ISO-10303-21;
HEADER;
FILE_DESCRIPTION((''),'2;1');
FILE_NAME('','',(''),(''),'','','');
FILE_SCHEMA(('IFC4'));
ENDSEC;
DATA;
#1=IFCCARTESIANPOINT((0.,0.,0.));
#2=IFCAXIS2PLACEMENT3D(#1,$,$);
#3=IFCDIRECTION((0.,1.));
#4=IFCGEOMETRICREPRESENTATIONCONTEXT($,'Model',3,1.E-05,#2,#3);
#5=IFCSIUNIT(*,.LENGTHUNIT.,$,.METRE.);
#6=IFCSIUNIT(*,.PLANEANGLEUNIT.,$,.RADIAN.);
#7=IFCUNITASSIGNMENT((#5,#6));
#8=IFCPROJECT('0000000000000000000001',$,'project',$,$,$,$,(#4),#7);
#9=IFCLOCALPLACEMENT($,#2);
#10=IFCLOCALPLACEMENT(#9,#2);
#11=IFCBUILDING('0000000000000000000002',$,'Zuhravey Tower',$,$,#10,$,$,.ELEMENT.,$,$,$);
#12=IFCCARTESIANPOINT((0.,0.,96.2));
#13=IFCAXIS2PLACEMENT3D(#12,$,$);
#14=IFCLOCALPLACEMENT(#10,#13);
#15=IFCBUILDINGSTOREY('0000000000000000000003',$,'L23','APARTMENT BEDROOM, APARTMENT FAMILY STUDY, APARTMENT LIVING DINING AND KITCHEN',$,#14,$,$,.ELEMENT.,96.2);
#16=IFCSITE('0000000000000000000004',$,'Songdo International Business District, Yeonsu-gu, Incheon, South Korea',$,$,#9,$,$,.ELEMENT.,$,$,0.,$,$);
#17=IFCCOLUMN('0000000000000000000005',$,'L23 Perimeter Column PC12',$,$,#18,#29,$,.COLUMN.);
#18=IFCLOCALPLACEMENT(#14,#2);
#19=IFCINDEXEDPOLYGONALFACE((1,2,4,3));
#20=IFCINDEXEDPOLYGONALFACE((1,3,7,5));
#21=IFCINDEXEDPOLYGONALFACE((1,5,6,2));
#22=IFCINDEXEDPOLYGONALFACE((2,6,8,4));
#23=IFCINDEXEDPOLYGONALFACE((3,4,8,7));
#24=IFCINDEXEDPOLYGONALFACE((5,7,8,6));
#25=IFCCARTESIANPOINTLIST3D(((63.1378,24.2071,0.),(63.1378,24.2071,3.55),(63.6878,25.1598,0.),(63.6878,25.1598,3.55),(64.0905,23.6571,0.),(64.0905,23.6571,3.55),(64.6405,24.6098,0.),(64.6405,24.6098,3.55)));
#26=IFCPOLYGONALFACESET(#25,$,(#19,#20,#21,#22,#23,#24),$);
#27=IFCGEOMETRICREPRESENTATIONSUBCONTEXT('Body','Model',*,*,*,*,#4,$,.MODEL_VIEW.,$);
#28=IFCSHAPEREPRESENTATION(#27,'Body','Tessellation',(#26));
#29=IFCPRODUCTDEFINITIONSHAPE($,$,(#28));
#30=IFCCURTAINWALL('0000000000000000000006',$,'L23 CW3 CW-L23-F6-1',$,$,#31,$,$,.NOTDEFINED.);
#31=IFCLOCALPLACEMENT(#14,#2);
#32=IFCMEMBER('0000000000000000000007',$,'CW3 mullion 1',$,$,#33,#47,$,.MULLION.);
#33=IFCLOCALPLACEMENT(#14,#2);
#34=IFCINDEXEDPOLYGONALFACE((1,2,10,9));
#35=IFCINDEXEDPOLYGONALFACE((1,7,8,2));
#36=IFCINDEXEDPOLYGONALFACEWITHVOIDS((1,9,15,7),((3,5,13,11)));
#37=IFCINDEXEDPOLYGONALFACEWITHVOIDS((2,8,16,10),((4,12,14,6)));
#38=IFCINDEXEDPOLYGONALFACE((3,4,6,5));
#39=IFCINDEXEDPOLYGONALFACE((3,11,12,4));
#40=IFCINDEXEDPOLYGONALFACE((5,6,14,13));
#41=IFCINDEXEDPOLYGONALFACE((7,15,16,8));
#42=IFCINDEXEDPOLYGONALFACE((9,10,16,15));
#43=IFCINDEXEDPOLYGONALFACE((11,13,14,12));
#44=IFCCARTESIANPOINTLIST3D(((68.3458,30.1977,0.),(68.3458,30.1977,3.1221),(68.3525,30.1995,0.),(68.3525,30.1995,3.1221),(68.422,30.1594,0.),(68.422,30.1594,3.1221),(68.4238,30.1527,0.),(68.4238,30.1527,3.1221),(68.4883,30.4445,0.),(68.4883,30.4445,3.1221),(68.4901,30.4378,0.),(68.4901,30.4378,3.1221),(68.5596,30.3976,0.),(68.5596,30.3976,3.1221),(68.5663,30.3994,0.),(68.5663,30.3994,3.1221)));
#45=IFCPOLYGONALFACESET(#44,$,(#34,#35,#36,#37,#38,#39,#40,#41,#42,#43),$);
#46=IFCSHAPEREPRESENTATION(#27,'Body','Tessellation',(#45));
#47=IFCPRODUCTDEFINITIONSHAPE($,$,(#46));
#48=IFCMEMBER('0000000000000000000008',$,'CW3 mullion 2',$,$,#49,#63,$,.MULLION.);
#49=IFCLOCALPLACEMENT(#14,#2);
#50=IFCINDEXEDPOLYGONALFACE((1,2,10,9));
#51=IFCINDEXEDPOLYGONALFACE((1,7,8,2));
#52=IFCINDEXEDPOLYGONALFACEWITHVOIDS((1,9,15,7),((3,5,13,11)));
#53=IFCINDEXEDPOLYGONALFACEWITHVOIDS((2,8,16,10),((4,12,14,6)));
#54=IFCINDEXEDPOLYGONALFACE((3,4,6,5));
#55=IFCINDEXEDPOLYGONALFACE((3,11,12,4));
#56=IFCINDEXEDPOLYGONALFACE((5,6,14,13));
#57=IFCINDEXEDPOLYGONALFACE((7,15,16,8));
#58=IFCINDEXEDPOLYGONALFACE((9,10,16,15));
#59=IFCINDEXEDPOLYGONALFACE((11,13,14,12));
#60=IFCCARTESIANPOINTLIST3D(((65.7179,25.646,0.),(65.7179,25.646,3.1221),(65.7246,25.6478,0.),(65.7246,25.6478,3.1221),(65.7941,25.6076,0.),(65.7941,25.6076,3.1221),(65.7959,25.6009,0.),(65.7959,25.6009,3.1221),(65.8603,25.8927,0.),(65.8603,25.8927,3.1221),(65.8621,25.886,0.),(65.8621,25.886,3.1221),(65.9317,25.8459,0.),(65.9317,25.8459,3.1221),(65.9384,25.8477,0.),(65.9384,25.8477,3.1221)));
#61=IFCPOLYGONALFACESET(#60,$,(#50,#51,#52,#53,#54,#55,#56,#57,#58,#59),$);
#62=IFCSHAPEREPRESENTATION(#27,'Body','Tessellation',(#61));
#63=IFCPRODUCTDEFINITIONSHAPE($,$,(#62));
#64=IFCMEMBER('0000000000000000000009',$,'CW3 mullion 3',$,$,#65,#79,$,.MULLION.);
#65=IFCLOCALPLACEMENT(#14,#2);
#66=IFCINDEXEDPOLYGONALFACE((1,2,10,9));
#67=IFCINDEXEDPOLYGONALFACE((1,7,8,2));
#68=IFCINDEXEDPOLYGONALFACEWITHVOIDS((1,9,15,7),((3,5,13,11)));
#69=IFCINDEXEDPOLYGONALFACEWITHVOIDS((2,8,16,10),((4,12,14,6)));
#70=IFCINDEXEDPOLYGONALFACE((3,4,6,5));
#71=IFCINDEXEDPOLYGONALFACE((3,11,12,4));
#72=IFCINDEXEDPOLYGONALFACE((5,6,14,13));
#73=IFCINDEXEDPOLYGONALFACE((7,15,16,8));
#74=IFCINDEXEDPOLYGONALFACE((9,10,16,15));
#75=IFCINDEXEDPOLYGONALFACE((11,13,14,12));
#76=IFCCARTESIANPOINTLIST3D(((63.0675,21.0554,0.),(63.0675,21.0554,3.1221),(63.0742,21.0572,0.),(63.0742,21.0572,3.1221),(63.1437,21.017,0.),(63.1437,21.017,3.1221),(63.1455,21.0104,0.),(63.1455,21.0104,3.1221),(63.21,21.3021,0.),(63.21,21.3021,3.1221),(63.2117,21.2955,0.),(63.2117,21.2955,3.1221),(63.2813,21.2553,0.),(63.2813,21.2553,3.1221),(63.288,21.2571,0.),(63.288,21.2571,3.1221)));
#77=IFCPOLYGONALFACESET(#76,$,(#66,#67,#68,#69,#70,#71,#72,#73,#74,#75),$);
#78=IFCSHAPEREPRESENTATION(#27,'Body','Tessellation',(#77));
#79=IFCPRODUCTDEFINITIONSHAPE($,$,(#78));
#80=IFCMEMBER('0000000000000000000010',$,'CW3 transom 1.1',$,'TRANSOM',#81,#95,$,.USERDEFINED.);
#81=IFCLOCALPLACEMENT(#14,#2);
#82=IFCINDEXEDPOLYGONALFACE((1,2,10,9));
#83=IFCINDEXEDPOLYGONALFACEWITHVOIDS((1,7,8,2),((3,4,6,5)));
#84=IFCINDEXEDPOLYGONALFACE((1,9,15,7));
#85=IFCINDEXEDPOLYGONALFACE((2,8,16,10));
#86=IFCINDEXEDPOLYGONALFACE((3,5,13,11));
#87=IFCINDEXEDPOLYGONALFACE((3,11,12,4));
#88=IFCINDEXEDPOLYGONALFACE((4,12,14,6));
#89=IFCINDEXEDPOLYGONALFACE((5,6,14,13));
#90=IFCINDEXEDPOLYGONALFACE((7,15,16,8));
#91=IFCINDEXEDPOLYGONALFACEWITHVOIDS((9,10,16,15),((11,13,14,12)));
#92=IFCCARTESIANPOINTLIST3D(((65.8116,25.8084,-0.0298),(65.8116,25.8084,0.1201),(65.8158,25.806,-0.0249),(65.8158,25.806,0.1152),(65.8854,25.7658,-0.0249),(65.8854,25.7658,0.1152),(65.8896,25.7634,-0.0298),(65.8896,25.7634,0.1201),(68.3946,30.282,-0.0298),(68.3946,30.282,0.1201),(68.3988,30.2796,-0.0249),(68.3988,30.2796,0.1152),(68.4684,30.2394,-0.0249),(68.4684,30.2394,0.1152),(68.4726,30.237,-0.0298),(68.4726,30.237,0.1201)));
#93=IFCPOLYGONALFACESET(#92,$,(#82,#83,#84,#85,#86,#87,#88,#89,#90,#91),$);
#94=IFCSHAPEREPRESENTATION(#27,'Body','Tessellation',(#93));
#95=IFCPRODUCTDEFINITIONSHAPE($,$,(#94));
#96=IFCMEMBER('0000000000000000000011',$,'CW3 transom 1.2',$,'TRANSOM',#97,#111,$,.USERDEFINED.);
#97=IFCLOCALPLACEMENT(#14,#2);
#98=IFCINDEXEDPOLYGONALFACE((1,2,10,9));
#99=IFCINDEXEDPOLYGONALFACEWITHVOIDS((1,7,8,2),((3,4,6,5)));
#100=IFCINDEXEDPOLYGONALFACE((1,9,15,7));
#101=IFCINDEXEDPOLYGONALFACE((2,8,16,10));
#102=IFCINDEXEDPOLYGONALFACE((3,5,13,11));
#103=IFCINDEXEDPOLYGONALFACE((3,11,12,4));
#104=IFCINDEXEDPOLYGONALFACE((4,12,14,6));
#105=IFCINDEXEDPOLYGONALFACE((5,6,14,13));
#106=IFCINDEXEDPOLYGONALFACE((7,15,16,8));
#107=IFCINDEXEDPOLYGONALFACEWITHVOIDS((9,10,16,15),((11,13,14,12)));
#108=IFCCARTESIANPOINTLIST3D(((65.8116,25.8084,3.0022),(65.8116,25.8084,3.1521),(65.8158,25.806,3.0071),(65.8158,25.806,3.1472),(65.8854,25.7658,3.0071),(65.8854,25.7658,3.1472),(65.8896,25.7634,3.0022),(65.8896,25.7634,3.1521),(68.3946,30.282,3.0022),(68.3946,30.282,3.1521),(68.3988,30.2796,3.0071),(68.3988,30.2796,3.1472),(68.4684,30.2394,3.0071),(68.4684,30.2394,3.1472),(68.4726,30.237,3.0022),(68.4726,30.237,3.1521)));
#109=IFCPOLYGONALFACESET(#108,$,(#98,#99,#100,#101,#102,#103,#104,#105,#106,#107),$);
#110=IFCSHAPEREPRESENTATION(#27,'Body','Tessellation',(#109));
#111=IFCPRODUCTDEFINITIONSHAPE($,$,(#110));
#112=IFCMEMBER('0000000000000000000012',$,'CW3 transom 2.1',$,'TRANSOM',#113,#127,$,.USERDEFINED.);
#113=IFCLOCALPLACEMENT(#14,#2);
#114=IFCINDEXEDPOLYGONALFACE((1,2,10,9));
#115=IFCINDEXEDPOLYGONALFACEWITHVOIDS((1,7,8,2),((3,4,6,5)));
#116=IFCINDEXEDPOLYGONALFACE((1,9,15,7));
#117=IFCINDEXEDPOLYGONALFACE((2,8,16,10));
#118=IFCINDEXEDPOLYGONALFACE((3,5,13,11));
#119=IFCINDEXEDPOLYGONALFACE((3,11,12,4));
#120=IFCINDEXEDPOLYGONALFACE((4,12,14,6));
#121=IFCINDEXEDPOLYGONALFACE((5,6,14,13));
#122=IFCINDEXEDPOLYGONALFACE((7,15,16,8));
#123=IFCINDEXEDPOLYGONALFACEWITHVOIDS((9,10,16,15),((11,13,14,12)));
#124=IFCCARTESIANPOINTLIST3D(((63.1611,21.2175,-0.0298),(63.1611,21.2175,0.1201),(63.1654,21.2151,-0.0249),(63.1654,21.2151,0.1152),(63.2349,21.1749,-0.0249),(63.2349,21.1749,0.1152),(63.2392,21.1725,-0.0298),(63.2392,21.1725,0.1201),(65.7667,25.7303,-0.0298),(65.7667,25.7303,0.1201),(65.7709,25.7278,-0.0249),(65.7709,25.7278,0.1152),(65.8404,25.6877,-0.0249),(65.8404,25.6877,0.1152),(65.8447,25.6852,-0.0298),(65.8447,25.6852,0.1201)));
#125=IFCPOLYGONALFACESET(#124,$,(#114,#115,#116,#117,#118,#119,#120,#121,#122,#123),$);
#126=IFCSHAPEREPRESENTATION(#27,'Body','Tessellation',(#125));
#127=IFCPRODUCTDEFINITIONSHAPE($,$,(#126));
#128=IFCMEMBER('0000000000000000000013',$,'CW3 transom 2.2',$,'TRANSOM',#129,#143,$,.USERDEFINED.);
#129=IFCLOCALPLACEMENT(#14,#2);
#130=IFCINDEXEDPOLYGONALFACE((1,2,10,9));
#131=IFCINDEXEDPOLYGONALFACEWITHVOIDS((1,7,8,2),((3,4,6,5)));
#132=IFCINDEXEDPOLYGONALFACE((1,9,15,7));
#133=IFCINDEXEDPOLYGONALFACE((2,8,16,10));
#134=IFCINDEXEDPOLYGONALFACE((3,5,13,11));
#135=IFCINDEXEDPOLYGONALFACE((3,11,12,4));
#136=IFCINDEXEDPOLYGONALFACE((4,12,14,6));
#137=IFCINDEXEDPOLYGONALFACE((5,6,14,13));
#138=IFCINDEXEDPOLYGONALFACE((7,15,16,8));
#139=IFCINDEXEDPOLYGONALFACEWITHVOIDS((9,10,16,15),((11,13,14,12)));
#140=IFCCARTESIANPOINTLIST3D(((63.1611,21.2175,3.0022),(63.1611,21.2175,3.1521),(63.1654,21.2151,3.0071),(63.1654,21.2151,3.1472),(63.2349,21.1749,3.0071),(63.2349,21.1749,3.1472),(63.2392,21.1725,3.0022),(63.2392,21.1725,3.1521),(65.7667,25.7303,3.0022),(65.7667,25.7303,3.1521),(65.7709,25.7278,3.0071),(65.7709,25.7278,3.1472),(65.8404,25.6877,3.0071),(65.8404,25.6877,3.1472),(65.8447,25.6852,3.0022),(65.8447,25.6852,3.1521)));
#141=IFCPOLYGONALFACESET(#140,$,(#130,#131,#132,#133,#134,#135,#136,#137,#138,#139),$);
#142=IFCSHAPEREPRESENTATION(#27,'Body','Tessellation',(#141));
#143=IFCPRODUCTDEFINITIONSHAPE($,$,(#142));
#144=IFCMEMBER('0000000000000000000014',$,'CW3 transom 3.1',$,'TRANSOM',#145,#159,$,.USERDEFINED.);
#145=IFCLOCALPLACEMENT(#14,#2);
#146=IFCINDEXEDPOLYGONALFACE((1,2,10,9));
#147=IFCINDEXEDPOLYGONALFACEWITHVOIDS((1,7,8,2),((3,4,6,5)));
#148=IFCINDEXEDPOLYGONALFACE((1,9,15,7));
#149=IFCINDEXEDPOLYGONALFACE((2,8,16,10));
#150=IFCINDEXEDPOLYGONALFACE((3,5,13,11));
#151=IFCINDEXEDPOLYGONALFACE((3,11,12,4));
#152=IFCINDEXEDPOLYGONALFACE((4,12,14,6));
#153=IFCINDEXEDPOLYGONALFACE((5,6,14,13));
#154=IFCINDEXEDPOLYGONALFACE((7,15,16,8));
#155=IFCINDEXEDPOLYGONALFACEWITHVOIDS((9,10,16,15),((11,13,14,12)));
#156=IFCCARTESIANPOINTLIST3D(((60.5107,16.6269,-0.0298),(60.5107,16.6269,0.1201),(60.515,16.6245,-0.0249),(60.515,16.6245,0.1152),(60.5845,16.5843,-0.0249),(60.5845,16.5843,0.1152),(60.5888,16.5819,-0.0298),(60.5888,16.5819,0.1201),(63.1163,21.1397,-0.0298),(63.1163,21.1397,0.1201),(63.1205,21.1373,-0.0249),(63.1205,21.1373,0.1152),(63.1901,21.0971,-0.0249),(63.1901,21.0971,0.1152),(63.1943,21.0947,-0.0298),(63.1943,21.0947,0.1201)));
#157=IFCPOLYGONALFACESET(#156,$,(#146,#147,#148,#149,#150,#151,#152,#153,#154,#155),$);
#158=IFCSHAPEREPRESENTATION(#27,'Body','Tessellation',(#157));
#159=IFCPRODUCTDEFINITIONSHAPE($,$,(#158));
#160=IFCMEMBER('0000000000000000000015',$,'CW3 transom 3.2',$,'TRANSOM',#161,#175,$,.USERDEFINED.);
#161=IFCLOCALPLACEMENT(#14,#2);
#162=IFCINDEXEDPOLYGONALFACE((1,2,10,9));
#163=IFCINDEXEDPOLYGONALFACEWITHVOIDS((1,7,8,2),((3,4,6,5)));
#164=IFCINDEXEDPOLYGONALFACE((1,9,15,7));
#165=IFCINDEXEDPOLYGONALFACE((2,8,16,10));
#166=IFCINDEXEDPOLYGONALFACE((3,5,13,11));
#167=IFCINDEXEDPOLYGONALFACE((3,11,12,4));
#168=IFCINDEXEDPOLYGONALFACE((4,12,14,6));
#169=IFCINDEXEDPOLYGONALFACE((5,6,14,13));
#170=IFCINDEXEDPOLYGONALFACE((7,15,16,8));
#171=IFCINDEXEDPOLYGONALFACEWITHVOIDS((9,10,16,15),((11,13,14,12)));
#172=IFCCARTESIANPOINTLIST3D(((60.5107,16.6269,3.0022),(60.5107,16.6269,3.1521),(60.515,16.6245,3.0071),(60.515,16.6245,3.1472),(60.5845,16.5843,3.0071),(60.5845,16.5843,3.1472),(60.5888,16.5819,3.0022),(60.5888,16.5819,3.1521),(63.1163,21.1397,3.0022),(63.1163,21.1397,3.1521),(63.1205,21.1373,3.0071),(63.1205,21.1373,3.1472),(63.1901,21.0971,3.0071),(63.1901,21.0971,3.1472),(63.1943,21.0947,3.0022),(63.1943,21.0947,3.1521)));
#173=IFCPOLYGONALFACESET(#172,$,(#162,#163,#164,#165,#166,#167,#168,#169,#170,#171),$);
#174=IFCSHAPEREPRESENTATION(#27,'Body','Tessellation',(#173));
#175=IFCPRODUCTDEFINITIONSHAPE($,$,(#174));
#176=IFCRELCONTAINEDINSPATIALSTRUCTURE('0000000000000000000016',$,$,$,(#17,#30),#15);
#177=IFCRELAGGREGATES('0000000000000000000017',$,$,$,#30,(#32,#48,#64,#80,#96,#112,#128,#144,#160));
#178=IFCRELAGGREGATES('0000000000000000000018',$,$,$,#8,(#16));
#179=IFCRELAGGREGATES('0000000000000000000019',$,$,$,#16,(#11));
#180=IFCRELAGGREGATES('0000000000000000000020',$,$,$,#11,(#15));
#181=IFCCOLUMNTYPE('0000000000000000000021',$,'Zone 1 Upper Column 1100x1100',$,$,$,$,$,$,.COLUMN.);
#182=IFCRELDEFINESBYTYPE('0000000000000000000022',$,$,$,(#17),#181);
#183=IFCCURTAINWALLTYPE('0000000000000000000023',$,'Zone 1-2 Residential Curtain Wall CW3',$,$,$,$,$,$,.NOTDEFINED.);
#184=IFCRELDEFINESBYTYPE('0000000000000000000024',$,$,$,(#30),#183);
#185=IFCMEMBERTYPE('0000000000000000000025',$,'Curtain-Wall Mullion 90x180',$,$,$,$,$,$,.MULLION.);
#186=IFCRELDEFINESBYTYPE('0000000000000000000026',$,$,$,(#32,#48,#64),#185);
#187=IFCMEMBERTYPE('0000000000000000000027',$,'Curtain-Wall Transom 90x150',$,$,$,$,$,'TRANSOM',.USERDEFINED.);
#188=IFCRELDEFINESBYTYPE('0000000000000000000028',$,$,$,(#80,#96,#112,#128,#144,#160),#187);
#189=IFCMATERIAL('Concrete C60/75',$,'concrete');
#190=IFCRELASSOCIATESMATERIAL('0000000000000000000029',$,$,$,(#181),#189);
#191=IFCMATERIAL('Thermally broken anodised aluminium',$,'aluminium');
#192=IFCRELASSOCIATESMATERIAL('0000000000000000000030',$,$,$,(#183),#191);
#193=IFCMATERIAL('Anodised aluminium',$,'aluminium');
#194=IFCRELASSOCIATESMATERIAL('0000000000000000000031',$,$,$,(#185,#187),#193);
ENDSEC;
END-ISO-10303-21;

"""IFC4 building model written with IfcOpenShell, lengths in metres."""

from ifc_helpers import new_model, si_unit, direction, frame, origin, origin_2d, place, context, subcontext, project, spatial, rectangle, hollow_rectangle, extrude, material, material_profile, profile_set, type_object, element, aggregate, save


model = new_model("IFC4")

# Units and contexts
model_context = context("Model", 3, precision=1e-05, world=origin(), true_north=direction((0.0, 1.0)))
body_context = subcontext(model_context, "Body", "Model", "MODEL_VIEW")
ifc_project = project(units=[si_unit("LENGTHUNIT", "METRE"), si_unit("PLANEANGLEUNIT", "RADIAN")], contexts=[model_context])

# Site, building, storey
site_placement = place(None, origin())
site = spatial("IfcSite", under=ifc_project, at=site_placement, Name="Songdo International Business District, Yeonsu-gu, Incheon, South Korea", CompositionType="ELEMENT", RefElevation=0.0)
building_placement = place(site_placement, origin())
building = spatial("IfcBuilding", under=site, at=building_placement, Name="Zuhravey Tower", CompositionType="ELEMENT")
storey_placement = place(building_placement, frame((0.0, 0.0, 96.2)))
storey = spatial("IfcBuildingStorey", under=building, at=storey_placement, Name="L23", Description="APARTMENT BEDROOM, APARTMENT FAMILY STUDY, APARTMENT LIVING DINING AND KITCHEN", CompositionType="ELEMENT", Elevation=96.2)

# Column
ifc_material_1 = material(Name="Concrete C60/75", Category="concrete")
ifc_material_profile_1 = material_profile(ifc_material_1, rectangle(XDim=1.1001, YDim=1.1001, at=origin_2d()), Name="RC-1100x1100")
ifc_profile_set_1 = profile_set([ifc_material_profile_1], Name="Concrete C60/75")
column_type = type_object("IfcColumnType", Name="Zone 1 Upper Column 1100x1100", PredefinedType="COLUMN", material=ifc_profile_set_1)
column_placement = place(storey_placement, frame((63.8892, 24.4084, 0.0), z_axis=(0.0, 0.0, 1.0), x_axis=(0.5, 0.866025, 0.0)))
element("IfcColumn", 1, at=column_placement, inside=storey, type_object=column_type, Name="L23 Perimeter Column PC12", PredefinedType="COLUMN", context=body_context, shape_type="SweptSolid", body=[
    extrude(rectangle(XDim=1.1001, YDim=1.1001, at=origin_2d()), origin(), (0.0, 0.0, 1.0), 3.55),
])

# Curtain wall, members
ifc_material_2 = material(Name="Thermally broken anodised aluminium", Category="aluminium")
curtain_wall_type = type_object("IfcCurtainWallType", Name="Zone 1-2 Residential Curtain Wall CW3", PredefinedType="NOTDEFINED", material=ifc_material_2)
curtain_wall_placement = place(storey_placement, origin())
curtain_wall = element("IfcCurtainWall", 2, at=curtain_wall_placement, inside=storey, type_object=curtain_wall_type, Name="L23 CW3 CW-L23-F6-1", PredefinedType="NOTDEFINED")
ifc_material_3 = material(Name="Anodised aluminium", Category="aluminium")
ifc_material_profile_2 = material_profile(ifc_material_3, hollow_rectangle(XDim=0.0901, YDim=0.2849, WallThickness=0.0049, at=origin_2d()), Name="ALU-RHS-90x285x5")
ifc_profile_set_2 = profile_set([ifc_material_profile_2], Name="Anodised aluminium")
member_type_1 = type_object("IfcMemberType", Name="Curtain-Wall Mullion 90x180", PredefinedType="MULLION", material=ifc_profile_set_2)
member_1_placement = place(storey_placement, frame((68.4561, 30.2986, 0.0), z_axis=(0.0, 0.0, 1.0), x_axis=(0.866025, -0.5, 0.0)))
member_1 = element("IfcMember", 3, at=member_1_placement, type_object=member_type_1, Name="CW3 mullion 1", PredefinedType="MULLION", context=body_context, shape_type="SweptSolid", body=[
    extrude(hollow_rectangle(XDim=0.0901, YDim=0.2849, WallThickness=0.0049, at=origin_2d()), origin(), (0.0, 0.0, 1.0), 3.1221),
])
member_2_placement = place(storey_placement, frame((65.8281, 25.7468, 0.0), z_axis=(0.0, 0.0, 1.0), x_axis=(0.866025, -0.5, 0.0)))
member_2 = element("IfcMember", 4, at=member_2_placement, type_object=member_type_1, Name="CW3 mullion 2", PredefinedType="MULLION", context=body_context, shape_type="SweptSolid", body=[
    extrude(hollow_rectangle(XDim=0.0901, YDim=0.2849, WallThickness=0.0049, at=origin_2d()), origin(), (0.0, 0.0, 1.0), 3.1221),
])
member_3_placement = place(storey_placement, frame((63.1777, 21.1562, 0.0), z_axis=(0.0, 0.0, 1.0), x_axis=(0.866025, -0.5, 0.0)))
member_3 = element("IfcMember", 5, at=member_3_placement, type_object=member_type_1, Name="CW3 mullion 3", PredefinedType="MULLION", context=body_context, shape_type="SweptSolid", body=[
    extrude(hollow_rectangle(XDim=0.0901, YDim=0.2849, WallThickness=0.0049, at=origin_2d()), origin(), (0.0, 0.0, 1.0), 3.1221),
])
ifc_material_profile_3 = material_profile(ifc_material_3, hollow_rectangle(XDim=0.0901, YDim=0.1499, WallThickness=0.0049, at=origin_2d()), Name="ALU-RHS-90x150x5")
ifc_profile_set_3 = profile_set([ifc_material_profile_3], Name="Anodised aluminium")
member_type_2 = type_object("IfcMemberType", Name="Curtain-Wall Transom 90x150", ElementType="TRANSOM", PredefinedType="USERDEFINED", material=ifc_profile_set_3)
member_4_placement = place(storey_placement, frame((68.4336, 30.2595, 0.0452), z_axis=(-0.500022, -0.866012, 0.0), x_axis=(0.866012, -0.500022, 0.0)))
member_4 = element("IfcMember", 6, at=member_4_placement, type_object=member_type_2, Name="CW3 transom 1.1", ObjectType="TRANSOM", PredefinedType="USERDEFINED", context=body_context, shape_type="SweptSolid", body=[
    extrude(hollow_rectangle(XDim=0.0901, YDim=0.1499, WallThickness=0.0049, at=origin_2d()), origin(), (0.0, 0.0, 1.0), 5.1658),
])
member_5_placement = place(storey_placement, frame((68.4336, 30.2595, 3.0771), z_axis=(-0.500022, -0.866012, 0.0), x_axis=(0.866012, -0.500022, 0.0)))
member_5 = element("IfcMember", 7, at=member_5_placement, type_object=member_type_2, Name="CW3 transom 1.2", ObjectType="TRANSOM", PredefinedType="USERDEFINED", context=body_context, shape_type="SweptSolid", body=[
    extrude(hollow_rectangle(XDim=0.0901, YDim=0.1499, WallThickness=0.0049, at=origin_2d()), origin(), (0.0, 0.0, 1.0), 5.1658),
])
member_6_placement = place(storey_placement, frame((65.8057, 25.7078, 0.0452), z_axis=(-0.500009, -0.86602, 0.0), x_axis=(0.86602, -0.500009, 0.0)))
member_6 = element("IfcMember", 8, at=member_6_placement, type_object=member_type_2, Name="CW3 transom 2.1", ObjectType="TRANSOM", PredefinedType="USERDEFINED", context=body_context, shape_type="SweptSolid", body=[
    extrude(hollow_rectangle(XDim=0.0901, YDim=0.1499, WallThickness=0.0049, at=origin_2d()), origin(), (0.0, 0.0, 1.0), 5.2109),
])
member_7_placement = place(storey_placement, frame((65.8057, 25.7078, 3.0771), z_axis=(-0.500009, -0.86602, 0.0), x_axis=(0.86602, -0.500009, 0.0)))
member_7 = element("IfcMember", 9, at=member_7_placement, type_object=member_type_2, Name="CW3 transom 2.2", ObjectType="TRANSOM", PredefinedType="USERDEFINED", context=body_context, shape_type="SweptSolid", body=[
    extrude(hollow_rectangle(XDim=0.0901, YDim=0.1499, WallThickness=0.0049, at=origin_2d()), origin(), (0.0, 0.0, 1.0), 5.2109),
])
member_8_placement = place(storey_placement, frame((63.1553, 21.1172, 0.0452), z_axis=(-0.500009, -0.86602, 0.0), x_axis=(0.86602, -0.500009, 0.0)))
member_8 = element("IfcMember", 10, at=member_8_placement, type_object=member_type_2, Name="CW3 transom 3.1", ObjectType="TRANSOM", PredefinedType="USERDEFINED", context=body_context, shape_type="SweptSolid", body=[
    extrude(hollow_rectangle(XDim=0.0901, YDim=0.1499, WallThickness=0.0049, at=origin_2d()), origin(), (0.0, 0.0, 1.0), 5.2109),
])
member_9_placement = place(storey_placement, frame((63.1553, 21.1172, 3.0771), z_axis=(-0.500009, -0.86602, 0.0), x_axis=(0.86602, -0.500009, 0.0)))
member_9 = element("IfcMember", 11, at=member_9_placement, type_object=member_type_2, Name="CW3 transom 3.2", ObjectType="TRANSOM", PredefinedType="USERDEFINED", context=body_context, shape_type="SweptSolid", body=[
    extrude(hollow_rectangle(XDim=0.0901, YDim=0.1499, WallThickness=0.0049, at=origin_2d()), origin(), (0.0, 0.0, 1.0), 5.2109),
])

aggregate(curtain_wall, [member_1, member_2, member_3, member_4, member_5, member_6, member_7, member_8, member_9])

save(model, "model.ifc")
